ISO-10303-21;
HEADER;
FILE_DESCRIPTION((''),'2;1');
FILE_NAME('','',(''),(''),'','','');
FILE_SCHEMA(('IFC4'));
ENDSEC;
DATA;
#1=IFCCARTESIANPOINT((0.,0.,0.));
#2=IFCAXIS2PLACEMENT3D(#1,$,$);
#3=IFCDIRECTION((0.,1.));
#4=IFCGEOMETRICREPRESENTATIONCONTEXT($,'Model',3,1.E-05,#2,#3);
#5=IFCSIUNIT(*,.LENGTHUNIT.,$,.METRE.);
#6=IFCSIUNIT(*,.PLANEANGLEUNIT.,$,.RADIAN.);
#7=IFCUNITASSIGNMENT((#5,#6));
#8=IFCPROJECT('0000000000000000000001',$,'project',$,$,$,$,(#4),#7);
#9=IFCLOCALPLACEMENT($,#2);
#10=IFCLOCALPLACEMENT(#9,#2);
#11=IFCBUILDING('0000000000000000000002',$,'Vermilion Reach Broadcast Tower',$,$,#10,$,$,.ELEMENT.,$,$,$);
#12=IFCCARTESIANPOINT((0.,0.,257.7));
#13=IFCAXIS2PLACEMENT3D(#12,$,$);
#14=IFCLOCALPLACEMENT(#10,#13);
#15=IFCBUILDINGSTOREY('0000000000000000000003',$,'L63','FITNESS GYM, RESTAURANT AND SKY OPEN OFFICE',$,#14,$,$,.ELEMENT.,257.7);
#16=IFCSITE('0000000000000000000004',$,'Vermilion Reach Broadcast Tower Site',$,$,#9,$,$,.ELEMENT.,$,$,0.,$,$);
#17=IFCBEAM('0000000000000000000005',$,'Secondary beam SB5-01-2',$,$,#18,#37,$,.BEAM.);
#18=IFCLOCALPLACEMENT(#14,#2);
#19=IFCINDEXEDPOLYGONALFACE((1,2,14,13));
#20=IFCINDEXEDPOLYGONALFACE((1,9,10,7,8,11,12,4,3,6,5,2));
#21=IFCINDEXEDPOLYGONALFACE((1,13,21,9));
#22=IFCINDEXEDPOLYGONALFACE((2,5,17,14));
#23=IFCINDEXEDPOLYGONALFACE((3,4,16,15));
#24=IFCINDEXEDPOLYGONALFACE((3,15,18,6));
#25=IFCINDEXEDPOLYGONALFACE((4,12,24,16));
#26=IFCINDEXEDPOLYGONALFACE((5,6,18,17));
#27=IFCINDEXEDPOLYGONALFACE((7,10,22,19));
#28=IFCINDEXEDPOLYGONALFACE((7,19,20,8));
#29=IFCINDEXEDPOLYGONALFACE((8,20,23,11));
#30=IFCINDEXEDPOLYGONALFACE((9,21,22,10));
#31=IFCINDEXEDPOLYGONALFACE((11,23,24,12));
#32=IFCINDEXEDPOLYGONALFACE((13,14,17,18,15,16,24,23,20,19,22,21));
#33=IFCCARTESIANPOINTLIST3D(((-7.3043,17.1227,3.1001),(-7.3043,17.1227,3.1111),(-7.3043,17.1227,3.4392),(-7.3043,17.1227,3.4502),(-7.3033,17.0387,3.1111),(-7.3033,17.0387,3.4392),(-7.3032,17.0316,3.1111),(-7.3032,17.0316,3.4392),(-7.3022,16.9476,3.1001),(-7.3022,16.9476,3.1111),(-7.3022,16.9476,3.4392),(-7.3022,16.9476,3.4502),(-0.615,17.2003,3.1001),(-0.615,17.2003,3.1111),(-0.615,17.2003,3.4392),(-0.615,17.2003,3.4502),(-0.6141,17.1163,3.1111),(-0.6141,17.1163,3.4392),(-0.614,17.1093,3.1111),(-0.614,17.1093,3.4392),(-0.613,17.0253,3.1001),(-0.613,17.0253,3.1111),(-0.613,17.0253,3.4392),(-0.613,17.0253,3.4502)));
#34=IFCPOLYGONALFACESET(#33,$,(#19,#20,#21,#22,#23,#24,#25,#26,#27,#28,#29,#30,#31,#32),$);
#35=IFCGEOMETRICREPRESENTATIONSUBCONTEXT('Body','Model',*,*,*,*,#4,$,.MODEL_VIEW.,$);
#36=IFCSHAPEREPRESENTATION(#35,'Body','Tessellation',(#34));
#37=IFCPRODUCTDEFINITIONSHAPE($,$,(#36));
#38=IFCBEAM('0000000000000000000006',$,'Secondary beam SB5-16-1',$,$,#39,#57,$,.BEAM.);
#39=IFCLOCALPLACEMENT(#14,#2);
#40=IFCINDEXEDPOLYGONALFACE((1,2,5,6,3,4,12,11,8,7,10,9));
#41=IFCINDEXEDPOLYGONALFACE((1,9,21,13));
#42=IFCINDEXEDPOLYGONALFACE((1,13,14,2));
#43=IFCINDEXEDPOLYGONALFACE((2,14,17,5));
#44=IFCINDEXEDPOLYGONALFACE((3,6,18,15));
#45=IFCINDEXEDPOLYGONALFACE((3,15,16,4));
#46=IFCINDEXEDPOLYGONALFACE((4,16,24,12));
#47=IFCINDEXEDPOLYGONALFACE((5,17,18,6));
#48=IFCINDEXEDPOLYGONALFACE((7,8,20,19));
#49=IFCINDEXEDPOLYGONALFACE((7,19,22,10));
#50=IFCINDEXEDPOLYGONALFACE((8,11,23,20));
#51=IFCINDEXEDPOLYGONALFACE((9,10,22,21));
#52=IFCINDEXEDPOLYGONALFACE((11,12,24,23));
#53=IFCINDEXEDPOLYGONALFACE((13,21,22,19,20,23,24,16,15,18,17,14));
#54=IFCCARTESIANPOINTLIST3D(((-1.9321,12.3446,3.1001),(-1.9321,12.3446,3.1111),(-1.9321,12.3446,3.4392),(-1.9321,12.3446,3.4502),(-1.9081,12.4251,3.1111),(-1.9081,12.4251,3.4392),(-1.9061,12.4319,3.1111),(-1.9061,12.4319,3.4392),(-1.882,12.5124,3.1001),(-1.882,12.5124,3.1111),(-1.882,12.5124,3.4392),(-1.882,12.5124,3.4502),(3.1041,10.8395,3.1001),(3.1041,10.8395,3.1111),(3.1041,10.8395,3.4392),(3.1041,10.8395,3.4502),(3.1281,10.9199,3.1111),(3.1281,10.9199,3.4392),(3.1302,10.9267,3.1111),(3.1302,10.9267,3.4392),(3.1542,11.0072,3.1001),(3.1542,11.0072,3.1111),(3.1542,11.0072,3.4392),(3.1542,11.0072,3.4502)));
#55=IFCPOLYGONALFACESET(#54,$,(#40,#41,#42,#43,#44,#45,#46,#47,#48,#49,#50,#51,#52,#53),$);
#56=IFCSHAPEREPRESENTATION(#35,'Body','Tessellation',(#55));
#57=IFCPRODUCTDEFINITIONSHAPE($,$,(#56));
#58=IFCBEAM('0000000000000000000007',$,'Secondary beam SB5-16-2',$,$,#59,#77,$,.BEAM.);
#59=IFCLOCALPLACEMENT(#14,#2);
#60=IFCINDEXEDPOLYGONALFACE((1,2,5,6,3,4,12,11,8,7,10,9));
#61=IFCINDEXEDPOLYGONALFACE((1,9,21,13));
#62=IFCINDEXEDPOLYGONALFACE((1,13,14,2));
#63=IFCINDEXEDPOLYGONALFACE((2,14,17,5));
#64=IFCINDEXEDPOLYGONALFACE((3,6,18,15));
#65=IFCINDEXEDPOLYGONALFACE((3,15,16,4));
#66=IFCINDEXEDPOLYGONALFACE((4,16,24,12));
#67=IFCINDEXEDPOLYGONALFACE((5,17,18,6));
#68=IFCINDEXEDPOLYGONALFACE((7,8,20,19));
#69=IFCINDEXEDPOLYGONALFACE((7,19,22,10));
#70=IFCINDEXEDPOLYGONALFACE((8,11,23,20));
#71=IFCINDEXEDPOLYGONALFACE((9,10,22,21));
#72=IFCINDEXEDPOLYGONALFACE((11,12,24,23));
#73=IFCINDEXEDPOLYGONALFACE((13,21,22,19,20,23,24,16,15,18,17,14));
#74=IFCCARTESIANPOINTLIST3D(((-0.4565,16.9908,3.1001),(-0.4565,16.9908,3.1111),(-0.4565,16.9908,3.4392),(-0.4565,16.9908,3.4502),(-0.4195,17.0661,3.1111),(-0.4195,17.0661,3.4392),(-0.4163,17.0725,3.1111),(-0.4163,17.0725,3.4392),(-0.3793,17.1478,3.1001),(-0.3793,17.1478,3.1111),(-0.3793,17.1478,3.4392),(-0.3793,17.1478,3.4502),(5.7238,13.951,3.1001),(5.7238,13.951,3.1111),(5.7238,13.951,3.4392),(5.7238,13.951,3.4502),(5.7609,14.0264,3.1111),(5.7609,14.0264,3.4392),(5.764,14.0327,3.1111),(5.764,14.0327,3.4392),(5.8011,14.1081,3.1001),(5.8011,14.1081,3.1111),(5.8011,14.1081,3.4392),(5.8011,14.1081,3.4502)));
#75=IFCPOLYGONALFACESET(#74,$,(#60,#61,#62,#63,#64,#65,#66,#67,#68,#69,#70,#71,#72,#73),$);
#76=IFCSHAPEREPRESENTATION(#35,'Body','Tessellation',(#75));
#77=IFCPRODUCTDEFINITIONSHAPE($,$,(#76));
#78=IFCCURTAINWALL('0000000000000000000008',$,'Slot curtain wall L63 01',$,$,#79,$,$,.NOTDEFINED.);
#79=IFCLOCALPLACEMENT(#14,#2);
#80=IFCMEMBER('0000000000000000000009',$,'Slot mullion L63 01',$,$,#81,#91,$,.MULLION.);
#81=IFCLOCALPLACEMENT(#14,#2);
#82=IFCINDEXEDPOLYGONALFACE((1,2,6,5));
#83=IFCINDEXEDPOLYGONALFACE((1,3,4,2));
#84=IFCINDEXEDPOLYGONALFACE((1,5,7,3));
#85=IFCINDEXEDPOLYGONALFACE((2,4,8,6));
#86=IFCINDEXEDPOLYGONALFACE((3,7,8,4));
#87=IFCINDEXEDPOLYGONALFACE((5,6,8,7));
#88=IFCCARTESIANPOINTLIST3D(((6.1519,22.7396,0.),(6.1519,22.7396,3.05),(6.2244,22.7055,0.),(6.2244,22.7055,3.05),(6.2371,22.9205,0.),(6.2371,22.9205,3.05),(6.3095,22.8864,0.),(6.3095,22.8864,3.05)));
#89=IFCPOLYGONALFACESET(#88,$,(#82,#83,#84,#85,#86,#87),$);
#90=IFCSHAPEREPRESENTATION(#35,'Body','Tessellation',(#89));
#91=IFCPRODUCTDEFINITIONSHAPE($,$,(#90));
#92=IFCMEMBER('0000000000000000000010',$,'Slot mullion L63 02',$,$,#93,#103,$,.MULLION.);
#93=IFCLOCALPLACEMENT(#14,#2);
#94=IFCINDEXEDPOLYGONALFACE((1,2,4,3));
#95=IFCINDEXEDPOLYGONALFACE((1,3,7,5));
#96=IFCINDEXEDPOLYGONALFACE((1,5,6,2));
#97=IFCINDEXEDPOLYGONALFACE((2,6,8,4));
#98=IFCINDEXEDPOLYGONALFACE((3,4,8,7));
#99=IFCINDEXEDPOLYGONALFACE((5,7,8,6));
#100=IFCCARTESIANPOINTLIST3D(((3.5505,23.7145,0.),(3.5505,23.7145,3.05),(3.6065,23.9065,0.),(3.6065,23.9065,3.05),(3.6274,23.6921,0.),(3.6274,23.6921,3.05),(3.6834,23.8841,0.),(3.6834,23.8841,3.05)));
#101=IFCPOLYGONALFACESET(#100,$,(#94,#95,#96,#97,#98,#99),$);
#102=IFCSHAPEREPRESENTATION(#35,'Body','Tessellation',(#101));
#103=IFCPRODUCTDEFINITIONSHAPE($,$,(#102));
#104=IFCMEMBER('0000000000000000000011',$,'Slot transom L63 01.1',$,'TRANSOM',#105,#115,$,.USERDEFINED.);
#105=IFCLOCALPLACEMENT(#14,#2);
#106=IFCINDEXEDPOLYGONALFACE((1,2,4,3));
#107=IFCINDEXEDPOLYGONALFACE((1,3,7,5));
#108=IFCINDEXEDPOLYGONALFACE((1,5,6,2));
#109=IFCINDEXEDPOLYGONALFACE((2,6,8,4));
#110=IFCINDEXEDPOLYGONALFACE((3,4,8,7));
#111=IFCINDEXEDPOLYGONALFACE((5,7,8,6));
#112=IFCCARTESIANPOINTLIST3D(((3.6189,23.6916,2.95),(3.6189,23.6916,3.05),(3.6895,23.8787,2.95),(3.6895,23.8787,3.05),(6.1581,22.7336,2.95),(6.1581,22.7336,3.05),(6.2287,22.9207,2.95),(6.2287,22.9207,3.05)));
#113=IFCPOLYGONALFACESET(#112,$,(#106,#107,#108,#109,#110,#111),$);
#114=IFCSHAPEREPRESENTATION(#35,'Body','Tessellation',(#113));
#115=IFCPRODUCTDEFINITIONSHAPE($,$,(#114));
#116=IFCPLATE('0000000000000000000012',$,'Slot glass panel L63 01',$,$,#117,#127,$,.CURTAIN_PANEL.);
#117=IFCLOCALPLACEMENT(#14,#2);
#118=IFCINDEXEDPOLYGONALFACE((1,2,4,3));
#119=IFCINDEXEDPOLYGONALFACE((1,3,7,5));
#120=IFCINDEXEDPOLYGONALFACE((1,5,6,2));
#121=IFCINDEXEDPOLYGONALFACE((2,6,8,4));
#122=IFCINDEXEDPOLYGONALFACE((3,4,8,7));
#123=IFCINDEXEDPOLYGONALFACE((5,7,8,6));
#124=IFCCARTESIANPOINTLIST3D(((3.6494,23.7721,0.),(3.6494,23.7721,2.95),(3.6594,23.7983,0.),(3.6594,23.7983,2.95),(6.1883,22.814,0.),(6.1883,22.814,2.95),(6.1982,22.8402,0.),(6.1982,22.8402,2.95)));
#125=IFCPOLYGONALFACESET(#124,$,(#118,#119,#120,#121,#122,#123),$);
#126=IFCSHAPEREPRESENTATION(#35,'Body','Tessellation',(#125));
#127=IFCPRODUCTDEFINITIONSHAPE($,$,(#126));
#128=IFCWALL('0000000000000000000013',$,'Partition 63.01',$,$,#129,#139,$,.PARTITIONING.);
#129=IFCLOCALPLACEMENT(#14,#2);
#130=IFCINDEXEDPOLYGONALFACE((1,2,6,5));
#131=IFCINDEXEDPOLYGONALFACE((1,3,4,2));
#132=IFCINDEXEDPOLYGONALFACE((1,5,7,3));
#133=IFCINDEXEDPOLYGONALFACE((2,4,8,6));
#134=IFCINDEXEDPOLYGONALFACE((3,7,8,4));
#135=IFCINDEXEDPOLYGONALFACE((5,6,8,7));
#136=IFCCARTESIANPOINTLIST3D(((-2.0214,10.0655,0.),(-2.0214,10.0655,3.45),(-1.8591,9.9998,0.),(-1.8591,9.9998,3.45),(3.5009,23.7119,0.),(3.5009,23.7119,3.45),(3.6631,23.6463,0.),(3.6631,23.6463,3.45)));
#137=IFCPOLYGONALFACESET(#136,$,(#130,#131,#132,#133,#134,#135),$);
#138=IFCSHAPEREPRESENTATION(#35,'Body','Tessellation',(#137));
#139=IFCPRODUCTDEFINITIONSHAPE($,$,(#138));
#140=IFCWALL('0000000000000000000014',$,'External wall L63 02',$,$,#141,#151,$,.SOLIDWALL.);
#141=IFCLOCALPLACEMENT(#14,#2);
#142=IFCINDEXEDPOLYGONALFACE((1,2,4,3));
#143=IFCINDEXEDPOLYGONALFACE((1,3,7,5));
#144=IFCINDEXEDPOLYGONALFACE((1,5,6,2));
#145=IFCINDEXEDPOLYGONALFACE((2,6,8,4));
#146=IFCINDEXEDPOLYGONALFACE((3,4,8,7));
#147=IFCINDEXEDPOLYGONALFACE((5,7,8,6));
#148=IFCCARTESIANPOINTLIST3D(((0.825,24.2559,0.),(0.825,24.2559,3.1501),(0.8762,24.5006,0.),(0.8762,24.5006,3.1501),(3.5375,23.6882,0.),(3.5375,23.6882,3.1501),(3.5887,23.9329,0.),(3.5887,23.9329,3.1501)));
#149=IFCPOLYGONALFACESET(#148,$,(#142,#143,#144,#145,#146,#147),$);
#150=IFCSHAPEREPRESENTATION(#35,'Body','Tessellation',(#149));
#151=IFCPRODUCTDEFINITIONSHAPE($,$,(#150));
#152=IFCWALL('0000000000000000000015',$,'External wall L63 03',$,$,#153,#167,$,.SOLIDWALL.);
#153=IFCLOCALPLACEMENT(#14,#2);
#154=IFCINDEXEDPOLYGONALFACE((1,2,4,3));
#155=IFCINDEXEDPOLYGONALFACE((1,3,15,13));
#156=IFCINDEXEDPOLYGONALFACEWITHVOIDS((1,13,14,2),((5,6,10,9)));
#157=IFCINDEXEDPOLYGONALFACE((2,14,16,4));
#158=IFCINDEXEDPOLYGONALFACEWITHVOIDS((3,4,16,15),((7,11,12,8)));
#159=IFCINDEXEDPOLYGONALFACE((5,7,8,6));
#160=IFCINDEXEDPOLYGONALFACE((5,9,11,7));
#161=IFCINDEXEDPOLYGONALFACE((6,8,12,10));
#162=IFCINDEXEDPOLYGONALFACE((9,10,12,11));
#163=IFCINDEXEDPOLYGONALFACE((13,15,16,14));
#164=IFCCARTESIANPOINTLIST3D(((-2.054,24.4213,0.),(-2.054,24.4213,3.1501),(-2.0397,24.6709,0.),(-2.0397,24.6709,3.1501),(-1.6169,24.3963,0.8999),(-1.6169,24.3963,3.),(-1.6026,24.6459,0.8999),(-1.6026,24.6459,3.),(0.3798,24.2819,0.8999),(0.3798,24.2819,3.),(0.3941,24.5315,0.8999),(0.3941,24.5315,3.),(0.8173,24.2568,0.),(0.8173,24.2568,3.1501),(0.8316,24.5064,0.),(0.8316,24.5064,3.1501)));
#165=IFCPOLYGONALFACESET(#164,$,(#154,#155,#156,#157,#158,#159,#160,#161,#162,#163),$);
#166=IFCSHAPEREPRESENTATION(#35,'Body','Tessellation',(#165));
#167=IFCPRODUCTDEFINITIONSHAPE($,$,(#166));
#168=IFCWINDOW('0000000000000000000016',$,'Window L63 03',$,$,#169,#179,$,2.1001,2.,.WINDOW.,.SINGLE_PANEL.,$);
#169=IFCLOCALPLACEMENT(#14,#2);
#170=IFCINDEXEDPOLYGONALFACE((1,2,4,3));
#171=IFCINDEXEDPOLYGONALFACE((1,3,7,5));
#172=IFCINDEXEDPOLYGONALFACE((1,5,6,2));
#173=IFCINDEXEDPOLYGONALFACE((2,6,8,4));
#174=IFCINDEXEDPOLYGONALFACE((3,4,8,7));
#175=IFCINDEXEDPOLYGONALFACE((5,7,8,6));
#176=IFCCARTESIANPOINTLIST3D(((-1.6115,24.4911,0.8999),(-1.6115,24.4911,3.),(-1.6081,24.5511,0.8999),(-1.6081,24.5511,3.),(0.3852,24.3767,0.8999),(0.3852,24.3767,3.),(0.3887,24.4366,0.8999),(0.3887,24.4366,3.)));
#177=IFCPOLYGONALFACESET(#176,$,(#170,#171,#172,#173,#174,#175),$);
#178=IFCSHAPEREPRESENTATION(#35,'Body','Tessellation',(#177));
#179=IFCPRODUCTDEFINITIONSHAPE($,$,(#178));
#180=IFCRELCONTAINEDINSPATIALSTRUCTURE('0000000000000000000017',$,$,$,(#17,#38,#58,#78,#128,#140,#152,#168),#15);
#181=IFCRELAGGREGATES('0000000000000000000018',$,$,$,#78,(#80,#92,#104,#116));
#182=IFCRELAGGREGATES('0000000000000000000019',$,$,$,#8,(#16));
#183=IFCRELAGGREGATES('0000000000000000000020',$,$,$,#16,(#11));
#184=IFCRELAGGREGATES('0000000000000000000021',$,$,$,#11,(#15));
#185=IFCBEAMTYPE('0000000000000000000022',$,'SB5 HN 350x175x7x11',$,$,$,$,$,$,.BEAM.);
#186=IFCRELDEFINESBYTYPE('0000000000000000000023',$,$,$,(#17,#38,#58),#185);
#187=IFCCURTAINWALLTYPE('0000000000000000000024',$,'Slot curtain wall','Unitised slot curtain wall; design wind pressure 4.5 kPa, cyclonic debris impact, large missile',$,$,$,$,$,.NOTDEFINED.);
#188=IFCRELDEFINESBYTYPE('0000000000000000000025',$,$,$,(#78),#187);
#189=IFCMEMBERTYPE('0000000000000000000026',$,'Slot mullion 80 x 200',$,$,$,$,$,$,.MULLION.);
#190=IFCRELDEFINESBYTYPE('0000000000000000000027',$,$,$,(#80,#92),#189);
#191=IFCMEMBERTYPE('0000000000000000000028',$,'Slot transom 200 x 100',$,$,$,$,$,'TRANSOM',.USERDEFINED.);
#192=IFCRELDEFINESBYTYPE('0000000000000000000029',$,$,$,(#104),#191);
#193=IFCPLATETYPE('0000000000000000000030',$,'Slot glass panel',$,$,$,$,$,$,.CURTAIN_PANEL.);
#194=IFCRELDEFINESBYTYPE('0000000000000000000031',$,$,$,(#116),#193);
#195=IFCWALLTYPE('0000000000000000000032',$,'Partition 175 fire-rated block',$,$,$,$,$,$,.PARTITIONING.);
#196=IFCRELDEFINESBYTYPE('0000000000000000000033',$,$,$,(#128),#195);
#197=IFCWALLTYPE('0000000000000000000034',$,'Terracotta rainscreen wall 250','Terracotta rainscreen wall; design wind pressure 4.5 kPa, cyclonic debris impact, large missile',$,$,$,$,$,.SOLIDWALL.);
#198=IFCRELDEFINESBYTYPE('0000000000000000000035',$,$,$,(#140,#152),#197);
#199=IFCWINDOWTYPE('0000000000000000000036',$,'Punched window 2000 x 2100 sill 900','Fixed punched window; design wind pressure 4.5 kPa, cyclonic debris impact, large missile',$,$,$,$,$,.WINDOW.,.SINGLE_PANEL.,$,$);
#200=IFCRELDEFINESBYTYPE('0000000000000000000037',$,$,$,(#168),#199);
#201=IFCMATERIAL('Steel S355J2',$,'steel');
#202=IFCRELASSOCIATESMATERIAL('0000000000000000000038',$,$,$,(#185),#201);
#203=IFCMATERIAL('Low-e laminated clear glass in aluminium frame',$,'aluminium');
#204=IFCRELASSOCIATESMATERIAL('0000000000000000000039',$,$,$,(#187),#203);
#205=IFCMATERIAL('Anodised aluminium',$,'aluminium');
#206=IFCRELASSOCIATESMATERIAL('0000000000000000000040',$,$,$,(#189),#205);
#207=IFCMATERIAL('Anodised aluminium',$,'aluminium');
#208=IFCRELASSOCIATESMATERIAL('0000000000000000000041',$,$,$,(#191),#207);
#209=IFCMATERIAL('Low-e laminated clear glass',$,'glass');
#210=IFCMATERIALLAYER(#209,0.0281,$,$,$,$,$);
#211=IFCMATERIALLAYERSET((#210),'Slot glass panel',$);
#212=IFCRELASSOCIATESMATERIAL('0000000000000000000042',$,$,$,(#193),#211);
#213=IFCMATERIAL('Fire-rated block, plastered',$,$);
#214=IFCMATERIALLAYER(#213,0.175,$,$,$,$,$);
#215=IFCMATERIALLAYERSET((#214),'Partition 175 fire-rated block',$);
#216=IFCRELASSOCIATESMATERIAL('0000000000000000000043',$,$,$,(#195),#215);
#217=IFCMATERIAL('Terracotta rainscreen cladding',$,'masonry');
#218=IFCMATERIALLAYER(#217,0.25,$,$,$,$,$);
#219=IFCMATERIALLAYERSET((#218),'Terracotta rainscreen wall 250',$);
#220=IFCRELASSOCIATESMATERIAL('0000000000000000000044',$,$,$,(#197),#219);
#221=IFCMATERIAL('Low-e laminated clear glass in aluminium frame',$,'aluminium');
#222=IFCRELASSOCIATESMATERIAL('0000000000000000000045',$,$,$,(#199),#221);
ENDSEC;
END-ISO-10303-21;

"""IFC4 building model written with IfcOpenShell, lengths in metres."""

from ifc_helpers import new_model, si_unit, direction, frame, frame_2d, origin, origin_2d, place, context, subcontext, project, spatial, rectangle, i_section, extrude, material, layer, layer_set, material_profile, profile_set, type_object, element, fill, aggregate, save


model = new_model("IFC4")

# Units and contexts
model_context = context("Model", 3, precision=1e-05, world=origin(), true_north=direction((0.0, 1.0)))
body_context = subcontext(model_context, "Body", "Model", "MODEL_VIEW")
ifc_project = project(units=[si_unit("LENGTHUNIT", "METRE"), si_unit("PLANEANGLEUNIT", "RADIAN")], contexts=[model_context])

# Site, building, storey
site_placement = place(None, origin())
site = spatial("IfcSite", under=ifc_project, at=site_placement, Name="Vermilion Reach Broadcast Tower Site", CompositionType="ELEMENT", RefElevation=0.0)
building_placement = place(site_placement, origin())
building = spatial("IfcBuilding", under=site, at=building_placement, Name="Vermilion Reach Broadcast Tower", CompositionType="ELEMENT")
storey_placement = place(building_placement, frame((0.0, 0.0, 257.7)))
storey = spatial("IfcBuildingStorey", under=building, at=storey_placement, Name="L63", Description="FITNESS GYM, RESTAURANT AND SKY OPEN OFFICE", CompositionType="ELEMENT", Elevation=257.7)

# Beams
ifc_material_1 = material(Name="Steel S355J2", Category="steel")
ifc_material_profile_1 = material_profile(ifc_material_1, i_section(OverallWidth=0.175, OverallDepth=0.3501, WebThickness=0.0071, FlangeThickness=0.011, at=origin_2d()), Name="S355J2 HN 350x175x7x11")
ifc_profile_set_1 = profile_set([ifc_material_profile_1], Name="Steel S355J2")
beam_type_1 = type_object("IfcBeamType", Name="SB5 HN 350x175x7x11", PredefinedType="BEAM", material=ifc_profile_set_1)
beam_1_placement = place(storey_placement, frame((-0.614, 17.1128, 3.2751), z_axis=(-0.999933, -0.011605, 0.0), x_axis=(0.011605, -0.999933, 0.0)))
element("IfcBeam", 1, at=beam_1_placement, inside=storey, type_object=beam_type_1, Name="Secondary beam SB5-01-2", PredefinedType="BEAM", context=body_context, shape_type="SweptSolid", body=[
    extrude(i_section(OverallWidth=0.175, OverallDepth=0.3501, WebThickness=0.0071, FlangeThickness=0.011, at=origin_2d()), origin(), (0.0, 0.0, 1.0), 6.6897),
])
beam_2_placement = place(storey_placement, frame((3.1292, 10.9233, 3.2751), z_axis=(-0.958125, 0.286351, 0.0), x_axis=(-0.286351, -0.958125, 0.0)))
element("IfcBeam", 2, at=beam_2_placement, inside=storey, type_object=beam_type_1, Name="Secondary beam SB5-16-1", PredefinedType="BEAM", context=body_context, shape_type="SweptSolid", body=[
    extrude(i_section(OverallWidth=0.175, OverallDepth=0.3501, WebThickness=0.0071, FlangeThickness=0.011, at=origin_2d()), origin(), (0.0, 0.0, 1.0), 5.2563),
])
beam_3_placement = place(storey_placement, frame((5.7625, 14.0295, 3.2751), z_axis=(-0.897336, 0.441348, 0.0), x_axis=(-0.441348, -0.897336, 0.0)))
element("IfcBeam", 3, at=beam_3_placement, inside=storey, type_object=beam_type_1, Name="Secondary beam SB5-16-2", PredefinedType="BEAM", context=body_context, shape_type="SweptSolid", body=[
    extrude(i_section(OverallWidth=0.175, OverallDepth=0.3501, WebThickness=0.0071, FlangeThickness=0.011, at=origin_2d()), origin(), (0.0, 0.0, 1.0), 6.8875),
])

# Curtain wall, members, plate
ifc_material_2 = material(Name="Low-e laminated clear glass in aluminium frame", Category="aluminium")
curtain_wall_type = type_object("IfcCurtainWallType", Name="Slot curtain wall", Description="Unitised slot curtain wall; design wind pressure 4.5 kPa, cyclonic debris impact, large missile", PredefinedType="NOTDEFINED", material=ifc_material_2)
curtain_wall_placement = place(storey_placement, origin())
curtain_wall = element("IfcCurtainWall", 4, at=curtain_wall_placement, inside=storey, type_object=curtain_wall_type, Name="Slot curtain wall L63 01", PredefinedType="NOTDEFINED")
ifc_material_3 = material(Name="Anodised aluminium", Category="aluminium")
ifc_material_profile_2 = material_profile(ifc_material_3, rectangle(XDim=0.2, YDim=0.0801, at=origin_2d()), Name="Slot mullion 80 x 200")
ifc_profile_set_2 = profile_set([ifc_material_profile_2], Name="Anodised aluminium")
member_type_1 = type_object("IfcMemberType", Name="Slot mullion 80 x 200", PredefinedType="MULLION", material=ifc_profile_set_2)
member_1_placement = place(storey_placement, frame((6.2307, 22.813, 0.0), z_axis=(0.0, 0.0, 1.0), x_axis=(-0.425954, -0.904745, 0.0)))
member_1 = element("IfcMember", 5, at=member_1_placement, type_object=member_type_1, Name="Slot mullion L63 01", PredefinedType="MULLION", context=body_context, shape_type="SweptSolid", body=[
    extrude(rectangle(XDim=0.2, YDim=0.0801, at=origin_2d()), origin(), (0.0, 0.0, 1.0), 3.05),
])
member_2_placement = place(storey_placement, frame((3.6169, 23.7993, 0.0), z_axis=(0.0, 0.0, 1.0), x_axis=(-0.279771, -0.960067, 0.0)))
member_2 = element("IfcMember", 6, at=member_2_placement, type_object=member_type_1, Name="Slot mullion L63 02", PredefinedType="MULLION", context=body_context, shape_type="SweptSolid", body=[
    extrude(rectangle(XDim=0.2, YDim=0.0801, at=origin_2d()), origin(), (0.0, 0.0, 1.0), 3.05),
])
ifc_material_4 = material(Name="Anodised aluminium", Category="aluminium")
ifc_material_profile_3 = material_profile(ifc_material_4, rectangle(XDim=0.2, YDim=0.1001, at=origin_2d()), Name="Slot transom 200 x 100")
ifc_profile_set_3 = profile_set([ifc_material_profile_3], Name="Anodised aluminium")
member_type_2 = type_object("IfcMemberType", Name="Slot transom 200 x 100", ElementType="TRANSOM", PredefinedType="USERDEFINED", material=ifc_profile_set_3)
member_3_placement = place(storey_placement, frame((6.1934, 22.8271, 3.0), z_axis=(-0.935617, 0.353016, 0.0), x_axis=(-0.353016, -0.935617, 0.0)))
member_3 = element("IfcMember", 7, at=member_3_placement, type_object=member_type_2, Name="Slot transom L63 01.1", ObjectType="TRANSOM", PredefinedType="USERDEFINED", context=body_context, shape_type="SweptSolid", body=[
    extrude(rectangle(XDim=0.2, YDim=0.1001, at=origin_2d()), origin(), (0.0, 0.0, 1.0), 2.7139),
])
ifc_material_5 = material(Name="Low-e laminated clear glass", Category="glass")
ifc_layer_1 = layer(ifc_material_5, 0.0281)
ifc_layer_set_1 = layer_set([ifc_layer_1], Name="Slot glass panel")
plate_type = type_object("IfcPlateType", Name="Slot glass panel", PredefinedType="CURTAIN_PANEL", material=ifc_layer_set_1)
plate_placement = place(storey_placement, frame((4.9238, 23.3062, 0.0), z_axis=(0.0, 0.0, 1.0), x_axis=(-0.935596, 0.353074, 0.0)))
plate = element("IfcPlate", 8, at=plate_placement, type_object=plate_type, Name="Slot glass panel L63 01", PredefinedType="CURTAIN_PANEL", context=body_context, shape_type="SweptSolid", body=[
    extrude(rectangle(XDim=2.7136, YDim=0.0281, at=origin_2d()), origin(), (0.0, 0.0, 1.0), 2.95),
])
aggregate(curtain_wall, [member_1, member_2, member_3, plate])

# Walls
ifc_material_6 = material(Name="Fire-rated block, plastered")
ifc_layer_2 = layer(ifc_material_6, 0.175)
ifc_layer_set_2 = layer_set([ifc_layer_2], Name="Partition 175 fire-rated block")
wall_type_1 = type_object("IfcWallType", Name="Partition 175 fire-rated block", PredefinedType="PARTITIONING", material=ifc_layer_set_2)
wall_1_placement = place(storey_placement, frame((3.582, 23.6792, 0.0), z_axis=(0.0, 0.0, 1.0), x_axis=(-0.375113, -0.926979, 0.0)))
element("IfcWall", 9, at=wall_1_placement, inside=storey, type_object=wall_type_1, Name="Partition 63.01", PredefinedType="PARTITIONING", context=body_context, shape_type="SweptSolid", body=[
    extrude(rectangle(XDim=14.7214, YDim=0.175, at=frame_2d((7.3608, 0.0))), origin(), (0.0, 0.0, 1.0), 3.45),
])
ifc_material_7 = material(Name="Terracotta rainscreen cladding", Category="masonry")
ifc_layer_3 = layer(ifc_material_7, 0.25)
ifc_layer_set_3 = layer_set([ifc_layer_3], Name="Terracotta rainscreen wall 250")
wall_type_2 = type_object("IfcWallType", Name="Terracotta rainscreen wall 250", Description="Terracotta rainscreen wall; design wind pressure 4.5 kPa, cyclonic debris impact, large missile", PredefinedType="SOLIDWALL", material=ifc_layer_set_3)
wall_2_placement = place(storey_placement, frame((3.5632, 23.8105, 0.0), z_axis=(0.0, 0.0, 1.0), x_axis=(-0.978797, 0.204834, 0.0)))
element("IfcWall", 10, at=wall_2_placement, inside=storey, type_object=wall_type_2, Name="External wall L63 02", PredefinedType="SOLIDWALL", context=body_context, shape_type="SweptSolid", body=[
    extrude(rectangle(XDim=2.7712, YDim=0.25, at=frame_2d((1.3857, 0.0))), origin(), (0.0, 0.0, 1.0), 3.1501),
])

# Wall, opening, window
wall_3_placement = place(storey_placement, frame((0.8245, 24.3816, 0.0), z_axis=(0.0, 0.0, 1.0), x_axis=(-0.998362, 0.057214, 0.0)))
wall_3 = element("IfcWall", 11, at=wall_3_placement, inside=storey, type_object=wall_type_2, Name="External wall L63 03", PredefinedType="SOLIDWALL", context=body_context, shape_type="SweptSolid", body=[
    extrude(rectangle(XDim=2.876, YDim=0.25, at=frame_2d((1.438, 0.0))), origin(), (0.0, 0.0, 1.0), 3.1501),
])
opening_1_placement = place(wall_3_placement, frame((0.4382, 0.0, 0.8999)))
opening_1 = element("IfcOpeningElement", 12, at=opening_1_placement, cuts=wall_3, PredefinedType="OPENING", context=body_context, shape_type="SweptSolid", body=[
    extrude(rectangle(XDim=2.0, YDim=2.1001, at=frame_2d((1.0, 1.05))), frame((0.0, 0.135, 0.0), z_axis=(0.0, -1.0, 0.0), x_axis=(1.0, 0.0, 0.0)), (0.0, 0.0, 1.0), 0.27),
])
ifc_material_8 = material(Name="Low-e laminated clear glass in aluminium frame", Category="aluminium")
window_type = type_object("IfcWindowType", Name="Punched window 2000 x 2100 sill 900", Description="Fixed punched window; design wind pressure 4.5 kPa, cyclonic debris impact, large missile", PartitioningType="SINGLE_PANEL", PredefinedType="WINDOW", material=ifc_material_8)
window_placement = place(opening_1_placement, origin())
window = element("IfcWindow", 13, at=window_placement, inside=storey, type_object=window_type, Name="Window L63 03", OverallHeight=2.1001, OverallWidth=2.0, PartitioningType="SINGLE_PANEL", PredefinedType="WINDOW", context=body_context, shape_type="SweptSolid", body=[
    extrude(rectangle(XDim=2.0, YDim=2.1001, at=frame_2d((1.0, 1.05))), frame((0.0, 0.03, 0.0), z_axis=(0.0, -1.0, 0.0), x_axis=(1.0, 0.0, 0.0)), (0.0, 0.0, 1.0), 0.0601),
])
fill(opening_1, window)

save(model, "model.ifc")
